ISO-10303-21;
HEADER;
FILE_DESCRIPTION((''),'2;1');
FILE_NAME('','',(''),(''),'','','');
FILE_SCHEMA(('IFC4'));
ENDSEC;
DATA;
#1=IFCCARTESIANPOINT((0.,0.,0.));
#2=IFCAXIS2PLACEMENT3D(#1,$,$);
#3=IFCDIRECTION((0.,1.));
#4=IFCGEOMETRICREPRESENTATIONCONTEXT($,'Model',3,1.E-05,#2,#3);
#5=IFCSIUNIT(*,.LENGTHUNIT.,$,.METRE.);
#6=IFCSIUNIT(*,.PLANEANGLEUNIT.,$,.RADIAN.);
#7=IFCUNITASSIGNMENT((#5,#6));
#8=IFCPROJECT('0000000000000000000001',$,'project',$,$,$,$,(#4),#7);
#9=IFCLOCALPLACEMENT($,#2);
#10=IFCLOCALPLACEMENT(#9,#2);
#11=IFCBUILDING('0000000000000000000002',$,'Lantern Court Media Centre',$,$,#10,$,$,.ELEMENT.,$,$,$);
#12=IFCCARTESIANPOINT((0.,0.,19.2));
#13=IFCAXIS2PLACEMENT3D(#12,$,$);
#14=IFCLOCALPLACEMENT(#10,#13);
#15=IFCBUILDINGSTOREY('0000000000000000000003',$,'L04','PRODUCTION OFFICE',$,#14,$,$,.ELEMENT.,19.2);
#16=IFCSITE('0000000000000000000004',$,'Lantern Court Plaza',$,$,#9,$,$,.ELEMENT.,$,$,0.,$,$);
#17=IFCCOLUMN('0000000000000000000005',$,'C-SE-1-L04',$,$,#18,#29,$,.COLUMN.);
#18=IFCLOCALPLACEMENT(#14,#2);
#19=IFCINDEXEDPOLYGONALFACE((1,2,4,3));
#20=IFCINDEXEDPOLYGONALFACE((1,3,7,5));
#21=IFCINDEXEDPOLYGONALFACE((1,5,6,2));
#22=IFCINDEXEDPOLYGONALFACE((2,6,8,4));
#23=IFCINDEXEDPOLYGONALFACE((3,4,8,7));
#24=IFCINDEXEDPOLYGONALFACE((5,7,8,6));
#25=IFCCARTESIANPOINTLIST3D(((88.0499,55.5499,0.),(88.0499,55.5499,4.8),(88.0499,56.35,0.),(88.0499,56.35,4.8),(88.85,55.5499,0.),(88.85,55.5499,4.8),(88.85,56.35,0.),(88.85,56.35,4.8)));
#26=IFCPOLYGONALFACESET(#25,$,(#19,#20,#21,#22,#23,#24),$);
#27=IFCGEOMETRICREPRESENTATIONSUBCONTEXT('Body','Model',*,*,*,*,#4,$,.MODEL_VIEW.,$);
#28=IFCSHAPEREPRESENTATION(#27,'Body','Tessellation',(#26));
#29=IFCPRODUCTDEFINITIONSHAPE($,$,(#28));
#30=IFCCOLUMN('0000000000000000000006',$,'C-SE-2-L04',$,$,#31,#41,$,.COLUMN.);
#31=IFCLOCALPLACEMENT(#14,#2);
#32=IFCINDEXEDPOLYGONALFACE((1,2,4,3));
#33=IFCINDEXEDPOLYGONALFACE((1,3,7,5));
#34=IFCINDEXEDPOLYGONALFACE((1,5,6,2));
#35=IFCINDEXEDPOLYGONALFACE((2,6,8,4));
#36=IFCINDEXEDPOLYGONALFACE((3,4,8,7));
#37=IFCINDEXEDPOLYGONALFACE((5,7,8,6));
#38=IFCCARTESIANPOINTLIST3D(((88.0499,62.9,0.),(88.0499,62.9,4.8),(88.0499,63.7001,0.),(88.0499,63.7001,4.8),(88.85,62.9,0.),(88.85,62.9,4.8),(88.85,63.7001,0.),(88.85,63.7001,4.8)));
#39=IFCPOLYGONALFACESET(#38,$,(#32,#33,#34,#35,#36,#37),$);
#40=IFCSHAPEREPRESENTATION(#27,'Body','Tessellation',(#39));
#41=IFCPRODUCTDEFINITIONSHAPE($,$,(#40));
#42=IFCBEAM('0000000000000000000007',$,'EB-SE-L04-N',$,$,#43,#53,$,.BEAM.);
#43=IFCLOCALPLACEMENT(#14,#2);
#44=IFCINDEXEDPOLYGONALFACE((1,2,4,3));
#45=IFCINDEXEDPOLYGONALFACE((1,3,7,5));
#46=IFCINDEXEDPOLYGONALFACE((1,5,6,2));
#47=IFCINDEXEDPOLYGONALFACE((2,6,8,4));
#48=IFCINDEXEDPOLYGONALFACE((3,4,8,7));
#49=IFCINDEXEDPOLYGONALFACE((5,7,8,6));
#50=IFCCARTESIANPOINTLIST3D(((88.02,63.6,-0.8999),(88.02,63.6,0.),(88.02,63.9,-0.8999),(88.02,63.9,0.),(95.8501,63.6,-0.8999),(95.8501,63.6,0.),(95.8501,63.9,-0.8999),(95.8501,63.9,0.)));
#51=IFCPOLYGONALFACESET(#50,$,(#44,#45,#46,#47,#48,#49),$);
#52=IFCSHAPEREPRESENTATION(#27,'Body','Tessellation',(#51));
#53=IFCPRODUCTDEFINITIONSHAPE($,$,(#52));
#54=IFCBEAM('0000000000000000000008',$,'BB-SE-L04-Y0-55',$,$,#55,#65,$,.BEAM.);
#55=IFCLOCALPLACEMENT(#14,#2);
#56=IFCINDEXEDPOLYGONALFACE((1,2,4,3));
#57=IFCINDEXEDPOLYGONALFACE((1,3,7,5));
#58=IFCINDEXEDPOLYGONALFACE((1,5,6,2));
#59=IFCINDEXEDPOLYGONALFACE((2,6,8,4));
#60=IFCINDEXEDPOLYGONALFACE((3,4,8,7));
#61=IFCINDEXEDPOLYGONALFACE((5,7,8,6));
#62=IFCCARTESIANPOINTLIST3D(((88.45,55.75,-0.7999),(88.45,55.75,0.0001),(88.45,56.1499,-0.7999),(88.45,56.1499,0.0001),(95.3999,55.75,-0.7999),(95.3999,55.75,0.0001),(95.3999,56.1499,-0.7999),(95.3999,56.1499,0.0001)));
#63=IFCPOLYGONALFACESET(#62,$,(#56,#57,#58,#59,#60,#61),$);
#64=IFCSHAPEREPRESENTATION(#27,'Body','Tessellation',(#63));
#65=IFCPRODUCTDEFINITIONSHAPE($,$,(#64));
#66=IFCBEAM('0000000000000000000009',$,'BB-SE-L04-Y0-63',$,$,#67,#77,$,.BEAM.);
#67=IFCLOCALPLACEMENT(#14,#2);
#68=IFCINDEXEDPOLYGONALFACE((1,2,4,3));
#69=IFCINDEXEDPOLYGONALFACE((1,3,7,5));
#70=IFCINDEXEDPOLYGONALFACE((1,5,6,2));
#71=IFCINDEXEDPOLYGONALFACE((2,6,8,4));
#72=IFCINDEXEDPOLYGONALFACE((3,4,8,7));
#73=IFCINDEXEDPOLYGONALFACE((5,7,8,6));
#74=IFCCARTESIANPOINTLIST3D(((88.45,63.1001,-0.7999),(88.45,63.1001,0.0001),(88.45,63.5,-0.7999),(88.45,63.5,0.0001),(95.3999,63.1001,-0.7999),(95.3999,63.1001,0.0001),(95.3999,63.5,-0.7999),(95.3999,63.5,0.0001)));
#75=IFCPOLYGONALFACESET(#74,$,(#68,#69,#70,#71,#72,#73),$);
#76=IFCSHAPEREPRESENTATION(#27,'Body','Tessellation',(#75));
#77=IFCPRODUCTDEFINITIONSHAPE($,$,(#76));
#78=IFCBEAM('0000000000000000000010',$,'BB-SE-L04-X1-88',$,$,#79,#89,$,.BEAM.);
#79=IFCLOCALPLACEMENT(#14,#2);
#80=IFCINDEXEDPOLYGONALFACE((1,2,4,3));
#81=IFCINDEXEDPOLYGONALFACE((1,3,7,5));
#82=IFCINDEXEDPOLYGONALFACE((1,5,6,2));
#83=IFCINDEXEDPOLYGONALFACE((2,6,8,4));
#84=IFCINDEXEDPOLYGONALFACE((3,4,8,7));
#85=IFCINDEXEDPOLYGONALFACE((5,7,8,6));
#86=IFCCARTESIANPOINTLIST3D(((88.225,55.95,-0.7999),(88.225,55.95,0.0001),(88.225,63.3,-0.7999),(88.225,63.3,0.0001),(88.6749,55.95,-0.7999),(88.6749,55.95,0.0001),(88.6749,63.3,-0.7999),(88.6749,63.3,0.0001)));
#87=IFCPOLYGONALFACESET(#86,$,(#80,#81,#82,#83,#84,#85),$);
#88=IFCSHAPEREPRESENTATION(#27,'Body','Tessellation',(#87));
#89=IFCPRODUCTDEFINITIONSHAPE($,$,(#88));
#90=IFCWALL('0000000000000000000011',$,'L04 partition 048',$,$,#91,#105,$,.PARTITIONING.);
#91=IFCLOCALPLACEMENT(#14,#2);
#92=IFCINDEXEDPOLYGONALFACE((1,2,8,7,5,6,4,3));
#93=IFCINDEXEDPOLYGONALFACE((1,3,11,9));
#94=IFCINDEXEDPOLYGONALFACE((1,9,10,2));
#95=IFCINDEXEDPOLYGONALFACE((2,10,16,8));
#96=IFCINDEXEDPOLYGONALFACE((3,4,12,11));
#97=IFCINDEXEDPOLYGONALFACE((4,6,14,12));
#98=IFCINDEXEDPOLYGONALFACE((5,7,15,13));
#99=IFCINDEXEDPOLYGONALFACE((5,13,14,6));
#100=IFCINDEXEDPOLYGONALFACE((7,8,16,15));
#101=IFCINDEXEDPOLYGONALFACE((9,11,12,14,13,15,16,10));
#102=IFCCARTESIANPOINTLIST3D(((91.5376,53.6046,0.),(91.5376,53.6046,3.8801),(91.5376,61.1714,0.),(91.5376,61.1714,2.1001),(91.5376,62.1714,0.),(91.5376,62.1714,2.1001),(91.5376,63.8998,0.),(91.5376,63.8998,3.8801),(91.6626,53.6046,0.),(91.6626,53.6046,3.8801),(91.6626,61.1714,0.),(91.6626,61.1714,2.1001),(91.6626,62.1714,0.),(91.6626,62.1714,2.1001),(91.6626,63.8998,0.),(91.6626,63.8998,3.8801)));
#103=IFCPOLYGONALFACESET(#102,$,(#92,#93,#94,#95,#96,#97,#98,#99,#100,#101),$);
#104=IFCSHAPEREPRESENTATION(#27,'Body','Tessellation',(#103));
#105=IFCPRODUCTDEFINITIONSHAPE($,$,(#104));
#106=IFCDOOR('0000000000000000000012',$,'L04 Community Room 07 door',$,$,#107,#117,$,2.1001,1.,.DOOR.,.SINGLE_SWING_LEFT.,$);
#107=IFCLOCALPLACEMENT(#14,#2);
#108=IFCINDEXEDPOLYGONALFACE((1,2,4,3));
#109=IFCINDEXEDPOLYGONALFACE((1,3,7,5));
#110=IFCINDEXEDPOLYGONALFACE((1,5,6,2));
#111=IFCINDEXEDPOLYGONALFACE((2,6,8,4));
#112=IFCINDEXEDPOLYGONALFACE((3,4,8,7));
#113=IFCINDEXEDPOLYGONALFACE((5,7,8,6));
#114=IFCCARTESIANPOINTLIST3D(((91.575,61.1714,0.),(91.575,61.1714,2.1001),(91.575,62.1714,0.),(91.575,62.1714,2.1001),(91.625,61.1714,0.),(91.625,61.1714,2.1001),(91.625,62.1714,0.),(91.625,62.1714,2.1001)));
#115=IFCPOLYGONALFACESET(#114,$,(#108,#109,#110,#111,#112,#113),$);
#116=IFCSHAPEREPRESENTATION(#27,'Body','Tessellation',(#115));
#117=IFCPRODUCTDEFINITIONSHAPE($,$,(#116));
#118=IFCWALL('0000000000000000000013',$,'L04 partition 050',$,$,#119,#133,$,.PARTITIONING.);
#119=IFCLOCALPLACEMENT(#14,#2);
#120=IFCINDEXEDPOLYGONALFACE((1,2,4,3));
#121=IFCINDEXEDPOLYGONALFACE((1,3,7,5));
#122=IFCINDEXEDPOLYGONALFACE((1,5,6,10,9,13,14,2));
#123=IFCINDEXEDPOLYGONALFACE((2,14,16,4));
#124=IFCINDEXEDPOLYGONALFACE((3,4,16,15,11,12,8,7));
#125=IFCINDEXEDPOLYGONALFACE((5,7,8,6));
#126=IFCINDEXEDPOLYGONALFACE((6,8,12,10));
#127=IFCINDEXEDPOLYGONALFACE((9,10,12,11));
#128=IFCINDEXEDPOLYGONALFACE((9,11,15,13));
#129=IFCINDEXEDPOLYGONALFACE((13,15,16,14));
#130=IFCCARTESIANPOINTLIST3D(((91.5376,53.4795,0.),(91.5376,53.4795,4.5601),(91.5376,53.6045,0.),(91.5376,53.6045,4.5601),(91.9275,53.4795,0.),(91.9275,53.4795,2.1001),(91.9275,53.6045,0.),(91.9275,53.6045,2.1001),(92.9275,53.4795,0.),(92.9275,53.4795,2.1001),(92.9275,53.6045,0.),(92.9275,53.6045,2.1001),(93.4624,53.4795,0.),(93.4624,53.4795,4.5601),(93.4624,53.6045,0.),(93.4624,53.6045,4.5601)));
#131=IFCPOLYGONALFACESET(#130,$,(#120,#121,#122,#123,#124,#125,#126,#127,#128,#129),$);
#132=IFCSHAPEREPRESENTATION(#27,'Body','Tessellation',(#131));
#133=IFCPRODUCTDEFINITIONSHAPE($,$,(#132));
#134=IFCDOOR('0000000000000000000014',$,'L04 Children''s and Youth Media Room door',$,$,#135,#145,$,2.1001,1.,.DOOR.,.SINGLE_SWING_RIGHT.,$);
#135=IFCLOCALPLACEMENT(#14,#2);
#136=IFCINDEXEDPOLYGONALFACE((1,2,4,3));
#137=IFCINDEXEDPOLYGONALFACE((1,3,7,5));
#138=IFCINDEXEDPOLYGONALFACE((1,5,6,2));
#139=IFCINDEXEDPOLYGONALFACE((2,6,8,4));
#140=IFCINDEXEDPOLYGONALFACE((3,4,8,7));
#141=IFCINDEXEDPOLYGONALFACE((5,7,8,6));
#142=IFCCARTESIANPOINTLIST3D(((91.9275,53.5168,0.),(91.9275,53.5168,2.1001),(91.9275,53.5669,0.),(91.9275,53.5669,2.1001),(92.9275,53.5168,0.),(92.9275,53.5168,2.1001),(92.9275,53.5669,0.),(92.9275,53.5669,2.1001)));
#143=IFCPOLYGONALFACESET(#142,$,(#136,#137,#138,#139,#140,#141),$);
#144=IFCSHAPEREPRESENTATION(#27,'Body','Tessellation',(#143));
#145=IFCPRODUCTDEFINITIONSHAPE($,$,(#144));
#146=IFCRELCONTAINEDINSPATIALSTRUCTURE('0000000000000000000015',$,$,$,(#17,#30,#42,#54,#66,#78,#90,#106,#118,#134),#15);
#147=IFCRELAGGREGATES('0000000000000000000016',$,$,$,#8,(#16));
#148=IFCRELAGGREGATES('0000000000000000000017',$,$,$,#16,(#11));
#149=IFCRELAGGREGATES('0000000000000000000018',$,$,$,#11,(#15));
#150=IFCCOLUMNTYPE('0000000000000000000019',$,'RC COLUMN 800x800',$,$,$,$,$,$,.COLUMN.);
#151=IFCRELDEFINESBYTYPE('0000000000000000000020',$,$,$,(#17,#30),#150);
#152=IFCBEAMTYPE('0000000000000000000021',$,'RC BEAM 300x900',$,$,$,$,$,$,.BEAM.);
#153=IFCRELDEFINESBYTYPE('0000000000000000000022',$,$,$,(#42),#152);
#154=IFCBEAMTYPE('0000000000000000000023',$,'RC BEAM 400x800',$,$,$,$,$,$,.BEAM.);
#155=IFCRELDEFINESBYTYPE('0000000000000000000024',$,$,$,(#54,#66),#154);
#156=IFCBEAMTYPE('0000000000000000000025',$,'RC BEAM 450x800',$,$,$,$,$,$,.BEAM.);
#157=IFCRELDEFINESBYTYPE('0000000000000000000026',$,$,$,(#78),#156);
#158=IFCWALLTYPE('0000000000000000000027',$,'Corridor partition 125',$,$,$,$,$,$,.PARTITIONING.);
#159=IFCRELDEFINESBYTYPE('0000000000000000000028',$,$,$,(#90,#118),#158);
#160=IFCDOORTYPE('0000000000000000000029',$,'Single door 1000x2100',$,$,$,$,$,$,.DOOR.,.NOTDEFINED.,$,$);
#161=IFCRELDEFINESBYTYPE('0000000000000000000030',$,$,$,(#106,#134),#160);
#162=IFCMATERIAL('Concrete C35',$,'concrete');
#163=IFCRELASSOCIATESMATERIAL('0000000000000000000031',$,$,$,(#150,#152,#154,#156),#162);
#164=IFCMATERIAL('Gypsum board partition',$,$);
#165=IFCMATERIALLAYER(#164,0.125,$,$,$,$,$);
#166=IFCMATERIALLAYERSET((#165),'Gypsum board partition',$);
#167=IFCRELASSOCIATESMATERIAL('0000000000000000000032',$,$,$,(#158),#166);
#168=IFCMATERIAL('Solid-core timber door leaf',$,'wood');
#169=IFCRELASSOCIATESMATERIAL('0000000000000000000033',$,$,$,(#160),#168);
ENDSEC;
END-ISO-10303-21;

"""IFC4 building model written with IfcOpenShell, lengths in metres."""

from ifc_helpers import new_model, si_unit, direction, frame, frame_2d, origin, origin_2d, place, context, subcontext, project, spatial, rectangle, extrude, material, layer, layer_set, material_profile, profile_set, type_object, element, fill, save


model = new_model("IFC4")

# Units and contexts
model_context = context("Model", 3, precision=1e-05, world=origin(), true_north=direction((0.0, 1.0)))
body_context = subcontext(model_context, "Body", "Model", "MODEL_VIEW")
ifc_project = project(units=[si_unit("LENGTHUNIT", "METRE"), si_unit("PLANEANGLEUNIT", "RADIAN")], contexts=[model_context])

# Site, building, storey
site_placement = place(None, origin())
site = spatial("IfcSite", under=ifc_project, at=site_placement, Name="Lantern Court Plaza", CompositionType="ELEMENT", RefElevation=0.0)
building_placement = place(site_placement, origin())
building = spatial("IfcBuilding", under=site, at=building_placement, Name="Lantern Court Media Centre", CompositionType="ELEMENT")
storey_placement = place(building_placement, frame((0.0, 0.0, 19.2)))
storey = spatial("IfcBuildingStorey", under=building, at=storey_placement, Name="L04", Description="PRODUCTION OFFICE", CompositionType="ELEMENT", Elevation=19.2)

# Columns
ifc_material_1 = material(Name="Concrete C35", Category="concrete")
ifc_material_profile_1 = material_profile(ifc_material_1, rectangle(XDim=0.8, YDim=0.8, at=origin_2d()), Name="RC 800x800")
ifc_profile_set_1 = profile_set([ifc_material_profile_1], Name="Concrete C35")
column_type = type_object("IfcColumnType", Name="RC COLUMN 800x800", PredefinedType="COLUMN", material=ifc_profile_set_1)
for number, where, z_axis, x_axis, name in (
    (1, (88.45, 55.95, 0.0), (0.0, 0.0, 1.0), (1.0, 0.0, 0.0), "C-SE-1-L04"),
    (2, (88.45, 63.3, 0.0), (0.0, 0.0, 1.0), (1.0, 0.0, 0.0), "C-SE-2-L04"),
):
    element("IfcColumn", number, at=place(storey_placement, frame(where, z_axis=z_axis, x_axis=x_axis)), inside=storey, type_object=column_type, Name=name, PredefinedType="COLUMN", context=body_context, shape_type="SweptSolid", body=[
        extrude(rectangle(XDim=0.8, YDim=0.8, at=origin_2d()), origin(), (0.0, 0.0, 1.0), 4.8),
    ])

# Beams
ifc_material_profile_2 = material_profile(ifc_material_1, rectangle(XDim=0.3, YDim=0.8999, at=origin_2d()), Name="RC 300x900")
ifc_profile_set_2 = profile_set([ifc_material_profile_2], Name="Concrete C35")
beam_type_1 = type_object("IfcBeamType", Name="RC BEAM 300x900", PredefinedType="BEAM", material=ifc_profile_set_2)
beam_1_placement = place(storey_placement, frame((88.02, 63.75, -0.45), z_axis=(1.0, 0.0, 0.0), x_axis=(0.0, 1.0, 0.0)))
element("IfcBeam", 3, at=beam_1_placement, inside=storey, type_object=beam_type_1, Name="EB-SE-L04-N", PredefinedType="BEAM", context=body_context, shape_type="SweptSolid", body=[
    extrude(rectangle(XDim=0.3, YDim=0.8999, at=origin_2d()), origin(), (0.0, 0.0, 1.0), 7.8301),
])
ifc_material_profile_3 = material_profile(ifc_material_1, rectangle(XDim=0.3999, YDim=0.8, at=origin_2d()), Name="RC 400x800")
ifc_profile_set_3 = profile_set([ifc_material_profile_3], Name="Concrete C35")
beam_type_2 = type_object("IfcBeamType", Name="RC BEAM 400x800", PredefinedType="BEAM", material=ifc_profile_set_3)
for number, where, z_axis, x_axis, name in (
    (4, (88.45, 55.95, -0.3999), (1.0, 0.0, 0.0), (0.0, 1.0, 0.0), "BB-SE-L04-Y0-55"),
    (5, (88.45, 63.3, -0.3999), (1.0, 0.0, 0.0), (0.0, 1.0, 0.0), "BB-SE-L04-Y0-63"),
):
    element("IfcBeam", number, at=place(storey_placement, frame(where, z_axis=z_axis, x_axis=x_axis)), inside=storey, type_object=beam_type_2, Name=name, PredefinedType="BEAM", context=body_context, shape_type="SweptSolid", body=[
        extrude(rectangle(XDim=0.3999, YDim=0.8, at=origin_2d()), origin(), (0.0, 0.0, 1.0), 6.95),
    ])
ifc_material_profile_4 = material_profile(ifc_material_1, rectangle(XDim=0.45, YDim=0.8, at=origin_2d()), Name="RC 450x800")
ifc_profile_set_4 = profile_set([ifc_material_profile_4], Name="Concrete C35")
beam_type_3 = type_object("IfcBeamType", Name="RC BEAM 450x800", PredefinedType="BEAM", material=ifc_profile_set_4)
beam_2_placement = place(storey_placement, frame((88.45, 55.95, -0.3999), z_axis=(0.0, 1.0, 0.0), x_axis=(-1.0, 0.0, 0.0)))
element("IfcBeam", 6, at=beam_2_placement, inside=storey, type_object=beam_type_3, Name="BB-SE-L04-X1-88", PredefinedType="BEAM", context=body_context, shape_type="SweptSolid", body=[
    extrude(rectangle(XDim=0.45, YDim=0.8, at=origin_2d()), origin(), (0.0, 0.0, 1.0), 7.3501),
])

# Walls, openings, doors
ifc_material_2 = material(Name="Gypsum board partition")
ifc_layer_1 = layer(ifc_material_2, 0.125)
ifc_layer_set_1 = layer_set([ifc_layer_1], Name="Gypsum board partition")
wall_type_1 = type_object("IfcWallType", Name="Corridor partition 125", PredefinedType="PARTITIONING", material=ifc_layer_set_1)
wall_1_placement = place(storey_placement, frame((91.6001, 53.6047, 0.0), z_axis=(0.0, 0.0, 1.0), x_axis=(0.0, 1.0, 0.0)))
wall_1 = element("IfcWall", 7, at=wall_1_placement, inside=storey, type_object=wall_type_1, Name="L04 partition 048", PredefinedType="PARTITIONING", context=body_context, shape_type="SweptSolid", body=[
    extrude(rectangle(XDim=10.2952, YDim=0.125, at=frame_2d((5.1475, 0.0))), origin(), (0.0, 0.0, 1.0), 3.8801),
])
opening_1_placement = place(wall_1_placement, frame((7.5667, 0.0, 0.0)))
opening_1 = element("IfcOpeningElement", 8, at=opening_1_placement, cuts=wall_1, PredefinedType="OPENING", context=body_context, shape_type="SweptSolid", body=[
    extrude(rectangle(XDim=1.0, YDim=2.1001, at=frame_2d((0.5, 1.05))), frame((0.0, 0.0725, 0.0), z_axis=(0.0, -1.0, 0.0), x_axis=(1.0, 0.0, 0.0)), (0.0, 0.0, 1.0), 0.145),
])
ifc_material_3 = material(Name="Solid-core timber door leaf", Category="wood")
door_type_1 = type_object("IfcDoorType", Name="Single door 1000x2100", OperationType="NOTDEFINED", PredefinedType="DOOR", material=ifc_material_3)
door_1_placement = place(opening_1_placement, frame((1.0, 0.0, 0.0), z_axis=(0.0, 0.0, 1.0), x_axis=(-1.0, 0.0, 0.0)))
door_1 = element("IfcDoor", 9, at=door_1_placement, inside=storey, type_object=door_type_1, Name="L04 Community Room 07 door", OperationType="SINGLE_SWING_LEFT", OverallHeight=2.1001, OverallWidth=1.0, PredefinedType="DOOR", context=body_context, shape_type="SweptSolid", body=[
    extrude(rectangle(XDim=1.0, YDim=2.1001, at=frame_2d((0.5, 1.05))), frame((0.0, 0.0249, 0.0), z_axis=(0.0, -1.0, 0.0), x_axis=(1.0, 0.0, 0.0)), (0.0, 0.0, 1.0), 0.05),
])
fill(opening_1, door_1)
wall_2_placement = place(storey_placement, frame((91.5376, 53.542, 0.0), z_axis=(0.0, 0.0, 1.0), x_axis=(1.0, 0.0, 0.0)))
wall_2 = element("IfcWall", 10, at=wall_2_placement, inside=storey, type_object=wall_type_1, Name="L04 partition 050", PredefinedType="PARTITIONING", context=body_context, shape_type="SweptSolid", body=[
    extrude(rectangle(XDim=1.9248, YDim=0.125, at=frame_2d((0.9624, 0.0))), origin(), (0.0, 0.0, 1.0), 4.5601),
])
opening_2_placement = place(wall_2_placement, frame((0.3899, 0.0, 0.0)))
opening_2 = element("IfcOpeningElement", 11, at=opening_2_placement, cuts=wall_2, PredefinedType="OPENING", context=body_context, shape_type="SweptSolid", body=[
    extrude(rectangle(XDim=1.0, YDim=2.1001, at=frame_2d((0.5, 1.05))), frame((0.0, 0.0725, 0.0), z_axis=(0.0, -1.0, 0.0), x_axis=(1.0, 0.0, 0.0)), (0.0, 0.0, 1.0), 0.145),
])
door_2_placement = place(opening_2_placement, origin())
door_2 = element("IfcDoor", 12, at=door_2_placement, inside=storey, type_object=door_type_1, Name="L04 Children's and Youth Media Room door", OperationType="SINGLE_SWING_RIGHT", OverallHeight=2.1001, OverallWidth=1.0, PredefinedType="DOOR", context=body_context, shape_type="SweptSolid", body=[
    extrude(rectangle(XDim=1.0, YDim=2.1001, at=frame_2d((0.5, 1.05))), frame((0.0, 0.0249, 0.0), z_axis=(0.0, -1.0, 0.0), x_axis=(1.0, 0.0, 0.0)), (0.0, 0.0, 1.0), 0.05),
])
fill(opening_2, door_2)

save(model, "model.ifc")
